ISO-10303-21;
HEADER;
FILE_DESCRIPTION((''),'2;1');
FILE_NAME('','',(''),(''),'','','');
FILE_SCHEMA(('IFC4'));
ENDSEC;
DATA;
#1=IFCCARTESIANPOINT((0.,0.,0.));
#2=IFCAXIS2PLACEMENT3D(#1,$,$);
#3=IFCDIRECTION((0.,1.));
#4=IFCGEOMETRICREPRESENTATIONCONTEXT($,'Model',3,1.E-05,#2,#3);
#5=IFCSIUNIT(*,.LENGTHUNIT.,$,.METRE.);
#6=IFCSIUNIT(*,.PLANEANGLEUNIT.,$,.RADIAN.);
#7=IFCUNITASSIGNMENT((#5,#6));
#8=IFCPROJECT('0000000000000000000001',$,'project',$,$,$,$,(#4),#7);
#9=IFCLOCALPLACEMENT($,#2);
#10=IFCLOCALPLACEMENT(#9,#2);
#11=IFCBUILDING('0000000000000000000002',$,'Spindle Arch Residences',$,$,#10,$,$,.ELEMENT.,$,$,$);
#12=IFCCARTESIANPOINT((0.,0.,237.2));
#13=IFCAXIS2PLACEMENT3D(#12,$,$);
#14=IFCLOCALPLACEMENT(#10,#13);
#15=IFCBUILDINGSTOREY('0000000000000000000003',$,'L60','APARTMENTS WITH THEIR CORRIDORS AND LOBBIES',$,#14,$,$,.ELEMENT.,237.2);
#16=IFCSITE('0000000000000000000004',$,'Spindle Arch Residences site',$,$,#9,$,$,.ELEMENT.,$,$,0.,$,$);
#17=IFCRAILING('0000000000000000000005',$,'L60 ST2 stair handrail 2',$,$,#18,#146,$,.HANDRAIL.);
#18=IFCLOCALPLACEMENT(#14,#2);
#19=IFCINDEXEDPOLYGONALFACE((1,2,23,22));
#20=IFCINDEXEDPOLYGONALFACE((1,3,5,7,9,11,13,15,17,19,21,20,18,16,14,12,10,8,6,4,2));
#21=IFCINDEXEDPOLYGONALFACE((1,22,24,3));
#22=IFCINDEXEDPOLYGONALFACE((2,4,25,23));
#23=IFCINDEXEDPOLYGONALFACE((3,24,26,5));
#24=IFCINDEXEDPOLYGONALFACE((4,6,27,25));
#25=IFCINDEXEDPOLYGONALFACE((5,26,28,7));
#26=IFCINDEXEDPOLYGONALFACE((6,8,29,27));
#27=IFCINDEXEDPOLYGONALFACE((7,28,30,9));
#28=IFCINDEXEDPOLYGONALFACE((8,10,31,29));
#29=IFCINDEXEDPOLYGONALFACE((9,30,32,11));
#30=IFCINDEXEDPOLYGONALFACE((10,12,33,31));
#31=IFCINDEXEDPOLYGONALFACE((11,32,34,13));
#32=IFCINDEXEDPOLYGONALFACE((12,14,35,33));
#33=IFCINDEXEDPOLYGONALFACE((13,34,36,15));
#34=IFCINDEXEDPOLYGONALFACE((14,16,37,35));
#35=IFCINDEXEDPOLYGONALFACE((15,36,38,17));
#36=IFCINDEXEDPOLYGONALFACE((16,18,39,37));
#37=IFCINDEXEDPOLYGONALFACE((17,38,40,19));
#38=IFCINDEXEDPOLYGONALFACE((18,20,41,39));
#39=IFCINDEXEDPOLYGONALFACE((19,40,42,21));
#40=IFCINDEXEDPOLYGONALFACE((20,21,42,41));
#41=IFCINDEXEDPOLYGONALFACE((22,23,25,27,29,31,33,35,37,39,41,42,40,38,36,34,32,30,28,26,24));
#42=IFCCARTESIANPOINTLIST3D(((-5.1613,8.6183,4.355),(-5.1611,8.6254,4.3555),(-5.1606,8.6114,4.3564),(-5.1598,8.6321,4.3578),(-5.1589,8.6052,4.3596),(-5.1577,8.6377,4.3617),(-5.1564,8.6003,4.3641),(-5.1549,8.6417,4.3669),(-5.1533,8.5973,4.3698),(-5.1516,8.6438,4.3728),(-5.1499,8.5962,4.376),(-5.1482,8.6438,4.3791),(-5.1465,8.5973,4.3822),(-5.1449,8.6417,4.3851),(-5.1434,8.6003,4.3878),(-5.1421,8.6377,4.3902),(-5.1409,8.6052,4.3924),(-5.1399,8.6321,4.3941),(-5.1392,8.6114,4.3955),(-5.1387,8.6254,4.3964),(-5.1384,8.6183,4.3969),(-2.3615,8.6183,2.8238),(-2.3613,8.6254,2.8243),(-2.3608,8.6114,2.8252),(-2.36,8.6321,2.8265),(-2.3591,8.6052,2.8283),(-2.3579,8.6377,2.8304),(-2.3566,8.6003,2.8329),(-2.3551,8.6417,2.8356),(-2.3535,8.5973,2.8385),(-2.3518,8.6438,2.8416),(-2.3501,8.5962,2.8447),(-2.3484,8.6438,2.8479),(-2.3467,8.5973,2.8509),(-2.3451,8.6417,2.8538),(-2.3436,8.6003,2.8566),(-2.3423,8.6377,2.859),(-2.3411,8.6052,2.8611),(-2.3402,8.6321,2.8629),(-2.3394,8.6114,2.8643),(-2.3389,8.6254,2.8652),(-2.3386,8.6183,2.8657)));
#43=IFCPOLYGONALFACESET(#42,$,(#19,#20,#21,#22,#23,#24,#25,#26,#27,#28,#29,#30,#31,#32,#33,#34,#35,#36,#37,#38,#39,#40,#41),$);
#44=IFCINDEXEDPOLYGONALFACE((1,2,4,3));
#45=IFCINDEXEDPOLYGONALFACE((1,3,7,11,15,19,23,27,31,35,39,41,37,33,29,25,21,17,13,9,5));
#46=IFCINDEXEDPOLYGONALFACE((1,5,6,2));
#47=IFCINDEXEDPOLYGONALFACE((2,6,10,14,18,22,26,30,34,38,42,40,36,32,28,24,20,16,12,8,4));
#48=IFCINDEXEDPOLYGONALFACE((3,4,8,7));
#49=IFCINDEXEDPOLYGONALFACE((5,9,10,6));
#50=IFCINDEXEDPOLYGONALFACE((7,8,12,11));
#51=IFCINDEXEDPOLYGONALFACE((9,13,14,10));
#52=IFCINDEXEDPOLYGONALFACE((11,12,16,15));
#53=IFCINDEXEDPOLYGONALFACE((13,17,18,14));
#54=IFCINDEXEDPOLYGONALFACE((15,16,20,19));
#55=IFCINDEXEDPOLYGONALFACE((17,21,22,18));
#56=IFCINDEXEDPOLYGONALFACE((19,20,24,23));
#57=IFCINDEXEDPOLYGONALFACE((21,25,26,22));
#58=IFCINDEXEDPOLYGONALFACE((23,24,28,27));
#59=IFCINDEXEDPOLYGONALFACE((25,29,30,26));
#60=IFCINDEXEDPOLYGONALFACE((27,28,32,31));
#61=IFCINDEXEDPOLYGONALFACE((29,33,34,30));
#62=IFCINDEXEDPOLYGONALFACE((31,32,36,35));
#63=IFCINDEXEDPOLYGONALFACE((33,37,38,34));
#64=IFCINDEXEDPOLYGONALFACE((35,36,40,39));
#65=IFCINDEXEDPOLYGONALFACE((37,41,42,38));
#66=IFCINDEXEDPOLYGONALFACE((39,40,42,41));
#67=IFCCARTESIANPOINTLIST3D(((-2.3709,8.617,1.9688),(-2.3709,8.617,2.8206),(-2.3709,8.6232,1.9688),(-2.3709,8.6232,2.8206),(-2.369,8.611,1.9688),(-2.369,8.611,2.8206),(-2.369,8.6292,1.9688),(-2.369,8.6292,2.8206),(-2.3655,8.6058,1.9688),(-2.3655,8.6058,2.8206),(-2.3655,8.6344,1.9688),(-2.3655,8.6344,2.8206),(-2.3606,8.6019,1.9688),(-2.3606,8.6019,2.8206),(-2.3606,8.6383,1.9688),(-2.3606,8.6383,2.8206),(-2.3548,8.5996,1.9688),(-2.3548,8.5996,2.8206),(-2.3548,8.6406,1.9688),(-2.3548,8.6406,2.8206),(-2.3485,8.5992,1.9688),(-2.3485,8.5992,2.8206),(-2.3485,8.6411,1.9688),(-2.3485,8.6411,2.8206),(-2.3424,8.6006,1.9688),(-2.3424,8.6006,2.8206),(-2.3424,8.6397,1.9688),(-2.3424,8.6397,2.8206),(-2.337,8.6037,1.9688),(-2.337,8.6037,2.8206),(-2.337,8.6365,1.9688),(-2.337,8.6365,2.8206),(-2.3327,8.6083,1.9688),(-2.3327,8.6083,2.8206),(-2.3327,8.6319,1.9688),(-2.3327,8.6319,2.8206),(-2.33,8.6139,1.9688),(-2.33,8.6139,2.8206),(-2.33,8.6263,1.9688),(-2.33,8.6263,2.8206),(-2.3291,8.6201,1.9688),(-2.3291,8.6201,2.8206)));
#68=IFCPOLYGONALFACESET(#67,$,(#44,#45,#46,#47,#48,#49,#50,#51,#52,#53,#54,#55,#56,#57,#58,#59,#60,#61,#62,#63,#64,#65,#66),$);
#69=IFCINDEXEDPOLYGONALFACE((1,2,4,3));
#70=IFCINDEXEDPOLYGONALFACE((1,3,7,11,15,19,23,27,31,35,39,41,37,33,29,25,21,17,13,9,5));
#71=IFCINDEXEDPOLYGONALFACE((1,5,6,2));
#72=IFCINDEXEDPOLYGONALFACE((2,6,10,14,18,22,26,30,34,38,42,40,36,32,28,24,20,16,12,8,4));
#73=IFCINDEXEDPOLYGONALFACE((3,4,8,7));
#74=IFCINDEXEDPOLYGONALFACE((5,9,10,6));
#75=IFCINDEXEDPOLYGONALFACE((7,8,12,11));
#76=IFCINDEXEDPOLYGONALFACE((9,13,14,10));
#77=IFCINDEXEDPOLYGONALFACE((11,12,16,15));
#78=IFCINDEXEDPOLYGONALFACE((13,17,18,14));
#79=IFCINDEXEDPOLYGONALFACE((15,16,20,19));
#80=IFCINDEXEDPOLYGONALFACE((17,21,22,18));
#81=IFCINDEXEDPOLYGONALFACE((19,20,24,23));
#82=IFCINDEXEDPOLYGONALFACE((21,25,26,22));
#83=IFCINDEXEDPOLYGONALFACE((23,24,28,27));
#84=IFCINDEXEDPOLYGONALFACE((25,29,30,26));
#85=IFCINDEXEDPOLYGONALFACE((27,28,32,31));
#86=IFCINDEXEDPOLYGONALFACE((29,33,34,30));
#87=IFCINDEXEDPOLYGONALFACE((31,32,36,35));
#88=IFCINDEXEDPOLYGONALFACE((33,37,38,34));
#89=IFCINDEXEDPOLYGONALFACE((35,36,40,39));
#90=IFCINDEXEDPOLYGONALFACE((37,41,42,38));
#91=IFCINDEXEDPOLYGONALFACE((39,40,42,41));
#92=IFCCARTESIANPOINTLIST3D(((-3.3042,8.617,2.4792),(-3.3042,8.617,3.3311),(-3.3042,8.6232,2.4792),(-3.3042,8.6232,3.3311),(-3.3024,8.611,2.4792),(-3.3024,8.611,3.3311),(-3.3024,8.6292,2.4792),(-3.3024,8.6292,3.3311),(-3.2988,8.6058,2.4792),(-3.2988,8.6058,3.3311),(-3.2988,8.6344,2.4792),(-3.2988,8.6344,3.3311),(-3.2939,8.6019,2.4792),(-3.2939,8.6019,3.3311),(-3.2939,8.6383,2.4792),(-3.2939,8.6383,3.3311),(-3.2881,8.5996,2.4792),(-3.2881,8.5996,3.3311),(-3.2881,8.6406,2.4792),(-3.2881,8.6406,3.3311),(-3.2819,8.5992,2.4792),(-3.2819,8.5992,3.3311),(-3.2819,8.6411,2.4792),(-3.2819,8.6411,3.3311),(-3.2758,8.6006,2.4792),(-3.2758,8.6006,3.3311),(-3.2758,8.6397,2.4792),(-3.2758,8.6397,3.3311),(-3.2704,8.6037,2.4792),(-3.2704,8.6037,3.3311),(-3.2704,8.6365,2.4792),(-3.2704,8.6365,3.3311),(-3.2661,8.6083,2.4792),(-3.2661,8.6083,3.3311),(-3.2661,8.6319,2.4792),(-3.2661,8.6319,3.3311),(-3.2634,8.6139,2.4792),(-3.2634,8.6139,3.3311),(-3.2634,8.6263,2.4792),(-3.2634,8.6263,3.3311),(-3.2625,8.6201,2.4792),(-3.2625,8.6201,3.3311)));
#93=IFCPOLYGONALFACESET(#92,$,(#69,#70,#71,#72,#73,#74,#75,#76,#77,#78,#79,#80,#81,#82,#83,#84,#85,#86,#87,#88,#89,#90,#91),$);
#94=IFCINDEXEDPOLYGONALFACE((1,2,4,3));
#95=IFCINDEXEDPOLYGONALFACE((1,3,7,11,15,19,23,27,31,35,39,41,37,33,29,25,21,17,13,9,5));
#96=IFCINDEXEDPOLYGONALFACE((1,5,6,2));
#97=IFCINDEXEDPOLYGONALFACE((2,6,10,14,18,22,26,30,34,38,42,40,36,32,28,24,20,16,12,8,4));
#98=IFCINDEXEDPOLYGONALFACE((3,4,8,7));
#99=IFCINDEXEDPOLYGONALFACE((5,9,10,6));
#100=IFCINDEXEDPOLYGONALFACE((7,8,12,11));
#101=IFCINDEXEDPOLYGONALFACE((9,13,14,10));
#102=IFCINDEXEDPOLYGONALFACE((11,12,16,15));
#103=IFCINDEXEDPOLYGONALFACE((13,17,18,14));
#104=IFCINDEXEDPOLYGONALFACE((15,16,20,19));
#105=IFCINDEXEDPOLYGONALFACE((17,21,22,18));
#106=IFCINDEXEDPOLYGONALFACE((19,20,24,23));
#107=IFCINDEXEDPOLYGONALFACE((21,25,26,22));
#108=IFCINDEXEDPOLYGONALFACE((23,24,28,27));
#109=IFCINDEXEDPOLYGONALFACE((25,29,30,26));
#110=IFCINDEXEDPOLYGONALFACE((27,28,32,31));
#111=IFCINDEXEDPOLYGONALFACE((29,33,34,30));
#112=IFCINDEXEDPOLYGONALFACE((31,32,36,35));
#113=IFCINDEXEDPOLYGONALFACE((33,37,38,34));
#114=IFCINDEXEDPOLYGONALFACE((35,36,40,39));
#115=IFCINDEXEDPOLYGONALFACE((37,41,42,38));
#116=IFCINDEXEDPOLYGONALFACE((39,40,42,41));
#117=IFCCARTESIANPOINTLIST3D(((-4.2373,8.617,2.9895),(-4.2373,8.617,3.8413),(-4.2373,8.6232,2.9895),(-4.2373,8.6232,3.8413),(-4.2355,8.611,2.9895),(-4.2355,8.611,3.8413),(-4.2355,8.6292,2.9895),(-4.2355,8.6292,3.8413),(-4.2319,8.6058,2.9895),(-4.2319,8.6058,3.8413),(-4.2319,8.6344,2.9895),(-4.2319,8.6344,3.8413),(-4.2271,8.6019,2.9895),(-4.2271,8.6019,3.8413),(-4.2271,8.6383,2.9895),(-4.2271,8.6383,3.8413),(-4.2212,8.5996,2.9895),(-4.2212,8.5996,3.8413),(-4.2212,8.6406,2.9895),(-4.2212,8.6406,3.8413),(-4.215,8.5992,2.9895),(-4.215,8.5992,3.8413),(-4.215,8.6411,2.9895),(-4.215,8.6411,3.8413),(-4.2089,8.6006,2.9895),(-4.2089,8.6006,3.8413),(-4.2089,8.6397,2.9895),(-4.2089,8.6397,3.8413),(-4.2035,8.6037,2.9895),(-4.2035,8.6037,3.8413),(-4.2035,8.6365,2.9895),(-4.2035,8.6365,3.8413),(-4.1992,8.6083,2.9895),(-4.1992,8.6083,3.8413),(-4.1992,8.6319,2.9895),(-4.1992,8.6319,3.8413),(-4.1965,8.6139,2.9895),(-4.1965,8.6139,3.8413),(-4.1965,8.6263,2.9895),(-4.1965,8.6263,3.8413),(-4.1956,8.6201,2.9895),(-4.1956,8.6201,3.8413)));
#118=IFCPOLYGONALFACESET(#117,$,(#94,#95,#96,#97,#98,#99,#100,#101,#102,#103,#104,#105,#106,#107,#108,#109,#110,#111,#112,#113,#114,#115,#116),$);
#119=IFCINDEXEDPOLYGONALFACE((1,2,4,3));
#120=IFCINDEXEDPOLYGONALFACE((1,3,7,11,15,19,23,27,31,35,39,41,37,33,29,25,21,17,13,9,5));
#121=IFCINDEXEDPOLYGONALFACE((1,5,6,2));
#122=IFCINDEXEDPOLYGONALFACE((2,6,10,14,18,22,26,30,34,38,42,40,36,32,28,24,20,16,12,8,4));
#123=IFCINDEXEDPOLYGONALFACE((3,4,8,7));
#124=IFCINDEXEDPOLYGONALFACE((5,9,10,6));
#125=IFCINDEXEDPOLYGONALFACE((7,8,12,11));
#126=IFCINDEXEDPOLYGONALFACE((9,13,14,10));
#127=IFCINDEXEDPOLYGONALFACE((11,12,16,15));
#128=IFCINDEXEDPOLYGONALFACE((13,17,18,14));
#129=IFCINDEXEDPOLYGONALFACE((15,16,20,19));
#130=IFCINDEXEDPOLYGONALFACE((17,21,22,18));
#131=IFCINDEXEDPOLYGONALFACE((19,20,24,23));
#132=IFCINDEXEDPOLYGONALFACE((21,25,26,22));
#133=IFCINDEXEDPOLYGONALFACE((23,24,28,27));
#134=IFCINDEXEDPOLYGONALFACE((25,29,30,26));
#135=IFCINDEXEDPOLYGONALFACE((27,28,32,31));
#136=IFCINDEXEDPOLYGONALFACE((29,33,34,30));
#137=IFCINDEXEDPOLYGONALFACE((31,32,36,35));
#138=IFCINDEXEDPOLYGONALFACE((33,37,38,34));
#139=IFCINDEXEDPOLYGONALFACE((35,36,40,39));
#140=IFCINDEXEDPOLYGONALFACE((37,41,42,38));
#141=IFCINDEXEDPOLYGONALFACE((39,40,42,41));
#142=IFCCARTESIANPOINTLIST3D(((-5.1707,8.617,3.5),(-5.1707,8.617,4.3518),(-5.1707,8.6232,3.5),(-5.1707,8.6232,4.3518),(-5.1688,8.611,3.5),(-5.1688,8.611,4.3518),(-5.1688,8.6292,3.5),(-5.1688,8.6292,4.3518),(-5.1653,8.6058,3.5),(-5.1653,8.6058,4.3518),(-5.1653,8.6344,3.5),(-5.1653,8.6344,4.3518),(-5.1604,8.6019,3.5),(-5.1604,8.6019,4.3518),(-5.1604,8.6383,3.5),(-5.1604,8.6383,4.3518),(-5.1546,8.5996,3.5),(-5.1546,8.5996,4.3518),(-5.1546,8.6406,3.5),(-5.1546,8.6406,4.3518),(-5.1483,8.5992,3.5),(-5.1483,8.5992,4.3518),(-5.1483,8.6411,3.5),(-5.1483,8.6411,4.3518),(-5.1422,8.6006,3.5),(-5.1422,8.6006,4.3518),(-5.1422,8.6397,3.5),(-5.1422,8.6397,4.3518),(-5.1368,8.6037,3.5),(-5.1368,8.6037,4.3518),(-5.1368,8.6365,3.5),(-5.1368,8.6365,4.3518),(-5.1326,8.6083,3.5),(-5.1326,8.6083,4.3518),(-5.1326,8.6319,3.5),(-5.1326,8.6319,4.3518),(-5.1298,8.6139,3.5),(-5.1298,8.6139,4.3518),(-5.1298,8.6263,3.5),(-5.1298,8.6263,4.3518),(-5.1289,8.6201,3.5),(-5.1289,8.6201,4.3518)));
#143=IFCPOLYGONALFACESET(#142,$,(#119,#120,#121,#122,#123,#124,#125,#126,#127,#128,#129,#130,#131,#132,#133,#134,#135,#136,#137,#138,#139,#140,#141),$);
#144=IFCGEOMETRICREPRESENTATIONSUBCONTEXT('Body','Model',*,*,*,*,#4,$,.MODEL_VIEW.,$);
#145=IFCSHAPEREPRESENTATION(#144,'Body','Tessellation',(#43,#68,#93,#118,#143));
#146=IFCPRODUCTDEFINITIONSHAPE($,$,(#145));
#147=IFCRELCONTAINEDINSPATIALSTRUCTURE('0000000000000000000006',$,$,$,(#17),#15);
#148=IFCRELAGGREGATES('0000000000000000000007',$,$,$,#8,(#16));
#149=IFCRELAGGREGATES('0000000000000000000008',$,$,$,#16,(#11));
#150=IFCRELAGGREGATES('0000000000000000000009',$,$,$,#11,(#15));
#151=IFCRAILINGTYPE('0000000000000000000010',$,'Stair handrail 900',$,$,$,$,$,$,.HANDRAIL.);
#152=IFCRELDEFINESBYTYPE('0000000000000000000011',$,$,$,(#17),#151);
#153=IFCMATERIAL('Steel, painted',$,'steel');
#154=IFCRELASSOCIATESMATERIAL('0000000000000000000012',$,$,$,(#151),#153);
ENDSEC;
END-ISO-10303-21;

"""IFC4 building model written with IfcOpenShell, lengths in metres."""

from ifc_helpers import new_model, si_unit, direction, frame, origin, origin_2d, place, context, subcontext, project, spatial, circle, extrude, material, type_object, element, save


model = new_model("IFC4")

# Units and contexts
model_context = context("Model", 3, precision=1e-05, world=origin(), true_north=direction((0.0, 1.0)))
body_context = subcontext(model_context, "Body", "Model", "MODEL_VIEW")
ifc_project = project(units=[si_unit("LENGTHUNIT", "METRE"), si_unit("PLANEANGLEUNIT", "RADIAN")], contexts=[model_context])

# Site, building, storey
site_placement = place(None, origin())
site = spatial("IfcSite", under=ifc_project, at=site_placement, Name="Spindle Arch Residences site", CompositionType="ELEMENT", RefElevation=0.0)
building_placement = place(site_placement, origin())
building = spatial("IfcBuilding", under=site, at=building_placement, Name="Spindle Arch Residences", CompositionType="ELEMENT")
storey_placement = place(building_placement, frame((0.0, 0.0, 237.2)))
storey = spatial("IfcBuildingStorey", under=building, at=storey_placement, Name="L60", Description="APARTMENTS WITH THEIR CORRIDORS AND LOBBIES", CompositionType="ELEMENT", Elevation=237.2)

# Railing
ifc_material_1 = material(Name="Steel, painted", Category="steel")
railing_type_1 = type_object("IfcRailingType", Name="Stair handrail 900", PredefinedType="HANDRAIL", material=ifc_material_1)
railing_1_placement = place(storey_placement, frame((-2.3501, 8.6201, 1.9688)))
element("IfcRailing", 1, at=railing_1_placement, inside=storey, type_object=railing_type_1, Name="L60 ST2 stair handrail 2", PredefinedType="HANDRAIL", context=body_context, shape_type="SweptSolid", body=[
    extrude(circle(Radius=0.0239, at=origin_2d()), frame((0.0, 0.0, 0.876), z_axis=(-0.877357, 0.0, 0.479838), x_axis=(0.0, -1.0, 0.0)), (0.0, 0.0, 1.0), 3.1912),
    extrude(circle(Radius=0.021, at=origin_2d()), origin(), (0.0, 0.0, 1.0), 0.8518),
    extrude(circle(Radius=0.021, at=origin_2d()), frame((-0.9333, 0.0, 0.5105)), (0.0, 0.0, 1.0), 0.8518),
    extrude(circle(Radius=0.021, at=origin_2d()), frame((-1.8665, 0.0, 1.0208)), (0.0, 0.0, 1.0), 0.8518),
    extrude(circle(Radius=0.021, at=origin_2d()), frame((-2.7998, 0.0, 1.5312)), (0.0, 0.0, 1.0), 0.8518),
])

save(model, "model.ifc")
